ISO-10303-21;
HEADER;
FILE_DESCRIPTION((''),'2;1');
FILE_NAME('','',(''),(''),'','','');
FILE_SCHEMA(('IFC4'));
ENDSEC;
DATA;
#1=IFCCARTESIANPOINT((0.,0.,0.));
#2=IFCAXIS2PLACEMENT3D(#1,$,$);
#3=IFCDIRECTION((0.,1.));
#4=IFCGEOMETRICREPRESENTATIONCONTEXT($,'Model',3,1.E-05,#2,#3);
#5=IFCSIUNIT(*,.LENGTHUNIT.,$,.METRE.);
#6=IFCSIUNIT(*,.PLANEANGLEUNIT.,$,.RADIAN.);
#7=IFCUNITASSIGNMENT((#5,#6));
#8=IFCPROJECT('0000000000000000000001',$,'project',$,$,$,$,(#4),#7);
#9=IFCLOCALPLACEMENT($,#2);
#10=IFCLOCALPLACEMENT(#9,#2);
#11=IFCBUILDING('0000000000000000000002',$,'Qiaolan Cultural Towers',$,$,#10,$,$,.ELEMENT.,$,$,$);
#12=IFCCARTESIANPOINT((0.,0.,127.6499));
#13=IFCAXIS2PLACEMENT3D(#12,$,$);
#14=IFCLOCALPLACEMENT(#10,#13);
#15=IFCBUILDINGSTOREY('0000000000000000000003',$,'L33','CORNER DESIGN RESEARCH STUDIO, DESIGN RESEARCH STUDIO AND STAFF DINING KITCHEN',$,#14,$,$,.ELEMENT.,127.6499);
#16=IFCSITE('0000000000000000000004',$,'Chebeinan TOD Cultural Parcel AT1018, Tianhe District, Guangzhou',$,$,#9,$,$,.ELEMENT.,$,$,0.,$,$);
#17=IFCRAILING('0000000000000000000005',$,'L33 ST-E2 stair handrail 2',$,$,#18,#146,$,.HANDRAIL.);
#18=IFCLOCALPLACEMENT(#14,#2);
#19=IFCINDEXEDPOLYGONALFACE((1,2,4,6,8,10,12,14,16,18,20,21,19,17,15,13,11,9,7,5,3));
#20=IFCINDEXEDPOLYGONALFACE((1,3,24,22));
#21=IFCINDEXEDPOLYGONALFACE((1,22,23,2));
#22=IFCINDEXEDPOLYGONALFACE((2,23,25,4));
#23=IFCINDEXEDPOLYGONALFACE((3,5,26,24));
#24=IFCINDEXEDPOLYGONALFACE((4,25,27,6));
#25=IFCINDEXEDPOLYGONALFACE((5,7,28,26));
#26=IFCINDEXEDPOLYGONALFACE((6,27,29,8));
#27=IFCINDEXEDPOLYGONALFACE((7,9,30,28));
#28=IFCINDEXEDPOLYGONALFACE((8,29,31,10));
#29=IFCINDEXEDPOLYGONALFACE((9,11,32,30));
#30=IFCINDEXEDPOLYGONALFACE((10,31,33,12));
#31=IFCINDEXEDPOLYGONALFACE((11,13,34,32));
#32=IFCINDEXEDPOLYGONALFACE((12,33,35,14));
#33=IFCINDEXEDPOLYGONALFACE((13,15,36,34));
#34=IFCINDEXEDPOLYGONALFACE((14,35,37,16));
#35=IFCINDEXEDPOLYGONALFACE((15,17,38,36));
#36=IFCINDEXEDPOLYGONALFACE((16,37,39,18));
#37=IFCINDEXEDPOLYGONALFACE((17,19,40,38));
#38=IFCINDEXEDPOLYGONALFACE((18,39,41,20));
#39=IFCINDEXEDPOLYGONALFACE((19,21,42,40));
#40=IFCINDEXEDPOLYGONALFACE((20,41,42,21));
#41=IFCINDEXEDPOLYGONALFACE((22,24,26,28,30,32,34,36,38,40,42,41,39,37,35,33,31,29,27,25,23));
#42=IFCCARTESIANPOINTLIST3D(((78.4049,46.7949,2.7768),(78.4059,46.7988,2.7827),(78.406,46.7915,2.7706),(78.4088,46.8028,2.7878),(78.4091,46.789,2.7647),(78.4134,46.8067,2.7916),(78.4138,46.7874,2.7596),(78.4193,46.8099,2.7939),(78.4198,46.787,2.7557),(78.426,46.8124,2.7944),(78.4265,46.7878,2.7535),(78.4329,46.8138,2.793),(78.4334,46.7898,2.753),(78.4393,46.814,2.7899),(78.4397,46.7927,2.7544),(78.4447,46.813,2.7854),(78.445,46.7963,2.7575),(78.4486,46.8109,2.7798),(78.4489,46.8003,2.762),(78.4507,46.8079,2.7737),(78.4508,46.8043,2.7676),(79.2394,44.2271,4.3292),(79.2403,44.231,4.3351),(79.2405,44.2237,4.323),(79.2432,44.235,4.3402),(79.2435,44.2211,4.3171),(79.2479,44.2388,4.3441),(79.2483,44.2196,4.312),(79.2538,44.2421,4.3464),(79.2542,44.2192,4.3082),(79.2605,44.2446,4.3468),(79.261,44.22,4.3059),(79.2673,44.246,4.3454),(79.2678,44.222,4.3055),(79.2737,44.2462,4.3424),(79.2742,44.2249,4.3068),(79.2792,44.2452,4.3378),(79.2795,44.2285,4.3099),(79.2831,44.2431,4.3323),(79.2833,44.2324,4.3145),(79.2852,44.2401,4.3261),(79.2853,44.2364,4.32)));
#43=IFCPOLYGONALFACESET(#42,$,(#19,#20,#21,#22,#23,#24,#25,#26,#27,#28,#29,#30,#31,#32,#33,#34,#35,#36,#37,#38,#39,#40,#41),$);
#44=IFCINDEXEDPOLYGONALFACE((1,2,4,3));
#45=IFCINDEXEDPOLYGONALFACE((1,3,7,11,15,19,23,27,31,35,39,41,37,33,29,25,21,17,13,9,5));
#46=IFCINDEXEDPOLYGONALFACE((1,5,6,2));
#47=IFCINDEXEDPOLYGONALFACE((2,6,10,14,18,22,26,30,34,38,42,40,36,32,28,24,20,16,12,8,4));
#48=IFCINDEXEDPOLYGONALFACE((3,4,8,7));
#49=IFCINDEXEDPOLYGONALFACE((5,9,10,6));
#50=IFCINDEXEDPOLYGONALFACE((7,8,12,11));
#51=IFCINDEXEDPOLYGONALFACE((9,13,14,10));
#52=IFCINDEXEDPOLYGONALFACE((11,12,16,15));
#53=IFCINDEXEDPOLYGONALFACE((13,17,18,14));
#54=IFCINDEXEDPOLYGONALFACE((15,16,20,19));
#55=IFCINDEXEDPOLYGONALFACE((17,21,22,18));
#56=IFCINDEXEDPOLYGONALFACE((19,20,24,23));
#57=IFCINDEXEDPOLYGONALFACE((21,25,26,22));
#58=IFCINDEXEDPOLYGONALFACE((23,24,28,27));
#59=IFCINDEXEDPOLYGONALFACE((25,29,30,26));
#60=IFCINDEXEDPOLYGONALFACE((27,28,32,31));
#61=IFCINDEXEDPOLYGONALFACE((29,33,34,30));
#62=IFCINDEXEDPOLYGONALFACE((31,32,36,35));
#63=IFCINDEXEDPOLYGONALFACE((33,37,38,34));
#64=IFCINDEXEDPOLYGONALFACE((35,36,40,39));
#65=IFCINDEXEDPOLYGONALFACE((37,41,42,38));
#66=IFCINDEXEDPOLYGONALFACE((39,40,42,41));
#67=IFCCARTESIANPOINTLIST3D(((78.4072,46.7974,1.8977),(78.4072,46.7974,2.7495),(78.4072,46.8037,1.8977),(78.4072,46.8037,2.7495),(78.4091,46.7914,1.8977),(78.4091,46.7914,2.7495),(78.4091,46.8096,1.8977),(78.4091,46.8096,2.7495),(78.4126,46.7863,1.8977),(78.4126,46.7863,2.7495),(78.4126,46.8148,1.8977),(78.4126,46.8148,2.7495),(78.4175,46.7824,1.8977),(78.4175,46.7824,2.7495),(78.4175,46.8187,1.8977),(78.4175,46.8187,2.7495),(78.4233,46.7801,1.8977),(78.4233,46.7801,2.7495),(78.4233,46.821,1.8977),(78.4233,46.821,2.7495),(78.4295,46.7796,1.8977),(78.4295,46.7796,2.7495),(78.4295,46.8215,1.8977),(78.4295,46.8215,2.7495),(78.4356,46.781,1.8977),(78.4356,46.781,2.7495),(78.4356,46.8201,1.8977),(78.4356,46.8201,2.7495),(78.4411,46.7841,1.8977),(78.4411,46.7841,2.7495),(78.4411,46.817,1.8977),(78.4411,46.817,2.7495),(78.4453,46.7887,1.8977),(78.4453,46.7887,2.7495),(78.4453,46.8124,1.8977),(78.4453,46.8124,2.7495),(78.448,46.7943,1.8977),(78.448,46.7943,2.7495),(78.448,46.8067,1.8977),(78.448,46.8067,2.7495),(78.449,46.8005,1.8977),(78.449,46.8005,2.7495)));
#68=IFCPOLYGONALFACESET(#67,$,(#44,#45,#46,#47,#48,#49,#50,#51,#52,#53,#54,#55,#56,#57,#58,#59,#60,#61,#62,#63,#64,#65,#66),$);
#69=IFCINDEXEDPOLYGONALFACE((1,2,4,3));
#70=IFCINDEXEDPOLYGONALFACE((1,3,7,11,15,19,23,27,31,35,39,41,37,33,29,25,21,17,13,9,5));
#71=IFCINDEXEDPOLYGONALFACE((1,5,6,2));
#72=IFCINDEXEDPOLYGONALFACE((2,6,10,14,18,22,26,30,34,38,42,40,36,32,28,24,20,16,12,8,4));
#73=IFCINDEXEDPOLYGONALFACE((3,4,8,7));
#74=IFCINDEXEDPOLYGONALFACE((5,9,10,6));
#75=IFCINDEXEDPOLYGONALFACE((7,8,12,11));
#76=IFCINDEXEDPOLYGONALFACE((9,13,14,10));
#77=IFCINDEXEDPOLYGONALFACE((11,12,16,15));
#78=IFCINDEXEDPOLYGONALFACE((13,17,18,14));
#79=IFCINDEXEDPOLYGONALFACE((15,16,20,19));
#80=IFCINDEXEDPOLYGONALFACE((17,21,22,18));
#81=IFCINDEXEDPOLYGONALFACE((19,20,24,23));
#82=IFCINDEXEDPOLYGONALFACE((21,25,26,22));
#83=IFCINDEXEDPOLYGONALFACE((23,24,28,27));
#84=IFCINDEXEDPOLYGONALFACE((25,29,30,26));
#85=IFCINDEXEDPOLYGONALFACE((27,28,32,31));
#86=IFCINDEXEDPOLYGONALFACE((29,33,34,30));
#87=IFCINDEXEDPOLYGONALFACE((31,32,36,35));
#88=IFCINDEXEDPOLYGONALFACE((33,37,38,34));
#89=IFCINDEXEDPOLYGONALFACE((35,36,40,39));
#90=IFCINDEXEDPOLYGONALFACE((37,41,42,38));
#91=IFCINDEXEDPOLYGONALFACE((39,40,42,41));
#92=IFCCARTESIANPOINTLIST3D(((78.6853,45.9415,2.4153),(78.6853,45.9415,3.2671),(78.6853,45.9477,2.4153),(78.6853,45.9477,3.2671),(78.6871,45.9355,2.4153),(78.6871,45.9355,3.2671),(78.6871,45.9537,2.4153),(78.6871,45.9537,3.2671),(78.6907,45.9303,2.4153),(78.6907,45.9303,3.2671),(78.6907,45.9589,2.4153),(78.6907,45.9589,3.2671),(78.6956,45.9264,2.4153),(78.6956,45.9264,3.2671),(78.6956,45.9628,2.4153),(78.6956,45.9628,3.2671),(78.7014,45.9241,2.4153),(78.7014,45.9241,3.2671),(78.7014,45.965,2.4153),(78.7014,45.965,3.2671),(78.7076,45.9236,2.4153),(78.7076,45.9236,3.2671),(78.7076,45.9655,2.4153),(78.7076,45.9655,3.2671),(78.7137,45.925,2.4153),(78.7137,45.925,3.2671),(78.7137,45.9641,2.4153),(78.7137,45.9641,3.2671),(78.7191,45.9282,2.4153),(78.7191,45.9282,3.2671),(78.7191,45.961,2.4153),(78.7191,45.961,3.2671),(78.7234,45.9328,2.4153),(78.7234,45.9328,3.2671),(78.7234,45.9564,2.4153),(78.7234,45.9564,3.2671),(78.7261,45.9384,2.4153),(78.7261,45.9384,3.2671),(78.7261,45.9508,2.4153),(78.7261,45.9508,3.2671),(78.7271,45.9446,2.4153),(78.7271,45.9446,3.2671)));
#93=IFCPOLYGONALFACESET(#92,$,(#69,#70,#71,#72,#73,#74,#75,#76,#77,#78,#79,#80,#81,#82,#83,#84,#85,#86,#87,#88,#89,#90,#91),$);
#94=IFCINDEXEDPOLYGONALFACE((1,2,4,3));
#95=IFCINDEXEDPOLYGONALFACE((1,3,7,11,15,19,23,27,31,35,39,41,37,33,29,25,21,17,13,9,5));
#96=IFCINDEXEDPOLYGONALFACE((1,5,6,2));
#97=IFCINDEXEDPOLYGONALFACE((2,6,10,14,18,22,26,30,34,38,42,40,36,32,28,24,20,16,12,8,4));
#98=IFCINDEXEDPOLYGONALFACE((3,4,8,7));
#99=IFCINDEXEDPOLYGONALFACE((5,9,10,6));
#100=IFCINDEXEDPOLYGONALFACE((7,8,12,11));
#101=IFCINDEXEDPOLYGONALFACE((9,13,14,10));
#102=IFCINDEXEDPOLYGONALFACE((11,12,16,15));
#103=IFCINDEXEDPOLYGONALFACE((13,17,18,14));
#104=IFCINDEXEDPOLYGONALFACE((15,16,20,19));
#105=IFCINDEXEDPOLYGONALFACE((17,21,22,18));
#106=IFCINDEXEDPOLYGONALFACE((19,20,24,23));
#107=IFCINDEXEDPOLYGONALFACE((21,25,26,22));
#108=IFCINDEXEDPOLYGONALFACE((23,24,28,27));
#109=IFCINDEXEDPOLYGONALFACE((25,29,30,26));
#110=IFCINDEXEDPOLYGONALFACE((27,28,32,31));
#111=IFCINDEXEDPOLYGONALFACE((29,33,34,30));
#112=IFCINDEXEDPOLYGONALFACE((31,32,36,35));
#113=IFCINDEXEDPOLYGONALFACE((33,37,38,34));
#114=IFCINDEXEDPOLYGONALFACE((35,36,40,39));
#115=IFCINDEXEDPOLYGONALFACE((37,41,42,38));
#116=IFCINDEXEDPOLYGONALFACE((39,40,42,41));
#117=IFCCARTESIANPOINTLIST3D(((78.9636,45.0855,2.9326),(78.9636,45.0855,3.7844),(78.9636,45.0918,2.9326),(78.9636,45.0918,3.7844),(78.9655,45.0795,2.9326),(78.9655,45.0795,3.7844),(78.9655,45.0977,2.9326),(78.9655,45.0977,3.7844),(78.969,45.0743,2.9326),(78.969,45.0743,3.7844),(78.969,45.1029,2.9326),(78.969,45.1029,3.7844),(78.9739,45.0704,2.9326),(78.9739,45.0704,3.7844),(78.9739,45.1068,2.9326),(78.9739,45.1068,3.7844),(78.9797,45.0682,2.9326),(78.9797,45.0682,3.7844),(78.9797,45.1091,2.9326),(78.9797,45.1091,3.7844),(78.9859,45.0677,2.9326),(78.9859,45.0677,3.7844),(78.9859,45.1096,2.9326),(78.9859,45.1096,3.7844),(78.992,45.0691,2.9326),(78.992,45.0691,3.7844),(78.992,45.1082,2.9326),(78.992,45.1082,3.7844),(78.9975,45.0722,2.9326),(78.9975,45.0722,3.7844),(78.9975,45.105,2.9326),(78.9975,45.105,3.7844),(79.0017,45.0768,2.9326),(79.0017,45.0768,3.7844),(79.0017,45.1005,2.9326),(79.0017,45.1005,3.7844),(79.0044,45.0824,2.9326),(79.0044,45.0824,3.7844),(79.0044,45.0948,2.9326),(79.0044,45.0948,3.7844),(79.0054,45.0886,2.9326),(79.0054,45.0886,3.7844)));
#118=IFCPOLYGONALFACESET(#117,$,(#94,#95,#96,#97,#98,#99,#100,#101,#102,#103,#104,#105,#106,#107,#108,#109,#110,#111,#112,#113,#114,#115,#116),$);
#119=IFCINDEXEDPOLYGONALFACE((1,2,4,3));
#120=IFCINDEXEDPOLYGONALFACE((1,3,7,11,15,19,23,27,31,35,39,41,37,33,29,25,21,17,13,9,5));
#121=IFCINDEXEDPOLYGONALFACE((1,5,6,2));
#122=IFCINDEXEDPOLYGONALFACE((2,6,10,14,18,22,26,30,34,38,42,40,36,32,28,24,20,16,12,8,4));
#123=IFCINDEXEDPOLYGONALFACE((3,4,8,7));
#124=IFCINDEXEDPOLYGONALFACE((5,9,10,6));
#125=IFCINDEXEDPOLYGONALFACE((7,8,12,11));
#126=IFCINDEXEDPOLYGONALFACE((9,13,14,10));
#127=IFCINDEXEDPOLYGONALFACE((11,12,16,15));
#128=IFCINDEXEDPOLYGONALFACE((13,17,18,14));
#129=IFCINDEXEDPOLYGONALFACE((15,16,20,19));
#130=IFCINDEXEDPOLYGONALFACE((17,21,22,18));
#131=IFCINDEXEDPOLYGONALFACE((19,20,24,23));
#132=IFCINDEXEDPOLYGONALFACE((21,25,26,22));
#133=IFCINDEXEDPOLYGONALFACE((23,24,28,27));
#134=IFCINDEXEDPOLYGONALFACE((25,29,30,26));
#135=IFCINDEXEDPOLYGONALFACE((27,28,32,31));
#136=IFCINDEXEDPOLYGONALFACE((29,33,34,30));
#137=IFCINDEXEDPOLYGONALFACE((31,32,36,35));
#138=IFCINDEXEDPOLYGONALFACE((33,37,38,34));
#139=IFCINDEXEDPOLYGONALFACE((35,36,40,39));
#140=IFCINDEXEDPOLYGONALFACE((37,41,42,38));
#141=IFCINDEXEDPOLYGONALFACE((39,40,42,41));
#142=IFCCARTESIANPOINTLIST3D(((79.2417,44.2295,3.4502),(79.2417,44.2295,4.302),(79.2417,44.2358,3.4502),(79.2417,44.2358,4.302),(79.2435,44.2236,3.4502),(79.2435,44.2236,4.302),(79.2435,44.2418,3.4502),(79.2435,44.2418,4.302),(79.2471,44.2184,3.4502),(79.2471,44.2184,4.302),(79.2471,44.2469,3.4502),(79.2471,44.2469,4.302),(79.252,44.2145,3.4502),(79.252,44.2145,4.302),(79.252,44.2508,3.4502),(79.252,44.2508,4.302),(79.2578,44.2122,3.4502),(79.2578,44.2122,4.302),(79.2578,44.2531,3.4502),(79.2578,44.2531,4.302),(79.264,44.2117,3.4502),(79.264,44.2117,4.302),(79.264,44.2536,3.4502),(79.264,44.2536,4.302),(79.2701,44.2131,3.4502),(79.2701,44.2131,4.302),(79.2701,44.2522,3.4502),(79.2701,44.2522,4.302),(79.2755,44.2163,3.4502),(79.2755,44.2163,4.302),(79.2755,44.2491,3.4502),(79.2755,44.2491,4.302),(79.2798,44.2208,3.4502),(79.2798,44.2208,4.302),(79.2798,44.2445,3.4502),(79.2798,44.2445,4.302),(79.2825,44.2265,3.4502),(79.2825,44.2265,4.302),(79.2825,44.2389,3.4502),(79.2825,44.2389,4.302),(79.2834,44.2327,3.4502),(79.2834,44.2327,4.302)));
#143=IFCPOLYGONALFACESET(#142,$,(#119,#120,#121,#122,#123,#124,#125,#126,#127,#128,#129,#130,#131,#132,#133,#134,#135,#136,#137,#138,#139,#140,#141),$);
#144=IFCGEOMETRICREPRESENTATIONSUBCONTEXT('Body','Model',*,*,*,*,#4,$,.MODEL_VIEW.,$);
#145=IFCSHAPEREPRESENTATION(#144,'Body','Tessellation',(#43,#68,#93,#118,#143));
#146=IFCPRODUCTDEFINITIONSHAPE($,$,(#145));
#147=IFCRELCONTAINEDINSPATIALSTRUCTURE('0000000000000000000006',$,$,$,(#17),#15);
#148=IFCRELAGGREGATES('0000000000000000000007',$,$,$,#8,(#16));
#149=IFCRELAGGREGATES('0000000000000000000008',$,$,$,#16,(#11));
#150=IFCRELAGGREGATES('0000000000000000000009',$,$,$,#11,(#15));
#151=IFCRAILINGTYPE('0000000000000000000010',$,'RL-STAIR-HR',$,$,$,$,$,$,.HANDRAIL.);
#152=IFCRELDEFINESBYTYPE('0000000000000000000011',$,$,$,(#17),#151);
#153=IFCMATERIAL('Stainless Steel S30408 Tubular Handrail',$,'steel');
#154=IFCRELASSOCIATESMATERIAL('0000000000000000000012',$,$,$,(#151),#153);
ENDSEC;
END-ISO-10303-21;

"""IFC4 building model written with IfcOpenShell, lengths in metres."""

from ifc_helpers import new_model, si_unit, direction, frame, origin, origin_2d, place, context, subcontext, project, spatial, circle, extrude, material, type_object, element, save


model = new_model("IFC4")

# Units and contexts
model_context = context("Model", 3, precision=1e-05, world=origin(), true_north=direction((0.0, 1.0)))
body_context = subcontext(model_context, "Body", "Model", "MODEL_VIEW")
ifc_project = project(units=[si_unit("LENGTHUNIT", "METRE"), si_unit("PLANEANGLEUNIT", "RADIAN")], contexts=[model_context])

# Site, building, storey
site_placement = place(None, origin())
site = spatial("IfcSite", under=ifc_project, at=site_placement, Name="Chebeinan TOD Cultural Parcel AT1018, Tianhe District, Guangzhou", CompositionType="ELEMENT", RefElevation=0.0)
building_placement = place(site_placement, origin())
building = spatial("IfcBuilding", under=site, at=building_placement, Name="Qiaolan Cultural Towers", CompositionType="ELEMENT")
storey_placement = place(building_placement, frame((0.0, 0.0, 127.6499)))
storey = spatial("IfcBuildingStorey", under=building, at=storey_placement, Name="L33", Description="CORNER DESIGN RESEARCH STUDIO, DESIGN RESEARCH STUDIO AND STAFF DINING KITCHEN", CompositionType="ELEMENT", Elevation=127.6499)

# Railing
ifc_material_1 = material(Name="Stainless Steel S30408 Tubular Handrail", Category="steel")
railing_type_1 = type_object("IfcRailingType", Name="RL-STAIR-HR", PredefinedType="HANDRAIL", material=ifc_material_1)
railing_1_placement = place(storey_placement, frame((78.428, 46.8005, 1.8977)))
element("IfcRailing", 1, at=railing_1_placement, inside=storey, type_object=railing_type_1, Name="L33 ST-E2 stair handrail 2", PredefinedType="HANDRAIL", context=body_context, shape_type="SweptSolid", body=[
    extrude(circle(Radius=0.0239, at=origin_2d()), frame((0.0, 0.0, 0.876), z_axis=(0.267926, -0.824471, 0.498461), x_axis=(0.951043, 0.309057, 0.0)), (0.0, 0.0, 1.0), 3.1145),
    extrude(circle(Radius=0.021, at=origin_2d()), origin(), (0.0, 0.0, 1.0), 0.8518),
    extrude(circle(Radius=0.021, at=origin_2d()), frame((0.2781, -0.856, 0.5176)), (0.0, 0.0, 1.0), 0.8518),
    extrude(circle(Radius=0.021, at=origin_2d()), frame((0.5564, -1.7119, 1.0349)), (0.0, 0.0, 1.0), 0.8518),
    extrude(circle(Radius=0.021, at=origin_2d()), frame((0.8345, -2.5679, 1.5525)), (0.0, 0.0, 1.0), 0.8518),
])

save(model, "model.ifc")
